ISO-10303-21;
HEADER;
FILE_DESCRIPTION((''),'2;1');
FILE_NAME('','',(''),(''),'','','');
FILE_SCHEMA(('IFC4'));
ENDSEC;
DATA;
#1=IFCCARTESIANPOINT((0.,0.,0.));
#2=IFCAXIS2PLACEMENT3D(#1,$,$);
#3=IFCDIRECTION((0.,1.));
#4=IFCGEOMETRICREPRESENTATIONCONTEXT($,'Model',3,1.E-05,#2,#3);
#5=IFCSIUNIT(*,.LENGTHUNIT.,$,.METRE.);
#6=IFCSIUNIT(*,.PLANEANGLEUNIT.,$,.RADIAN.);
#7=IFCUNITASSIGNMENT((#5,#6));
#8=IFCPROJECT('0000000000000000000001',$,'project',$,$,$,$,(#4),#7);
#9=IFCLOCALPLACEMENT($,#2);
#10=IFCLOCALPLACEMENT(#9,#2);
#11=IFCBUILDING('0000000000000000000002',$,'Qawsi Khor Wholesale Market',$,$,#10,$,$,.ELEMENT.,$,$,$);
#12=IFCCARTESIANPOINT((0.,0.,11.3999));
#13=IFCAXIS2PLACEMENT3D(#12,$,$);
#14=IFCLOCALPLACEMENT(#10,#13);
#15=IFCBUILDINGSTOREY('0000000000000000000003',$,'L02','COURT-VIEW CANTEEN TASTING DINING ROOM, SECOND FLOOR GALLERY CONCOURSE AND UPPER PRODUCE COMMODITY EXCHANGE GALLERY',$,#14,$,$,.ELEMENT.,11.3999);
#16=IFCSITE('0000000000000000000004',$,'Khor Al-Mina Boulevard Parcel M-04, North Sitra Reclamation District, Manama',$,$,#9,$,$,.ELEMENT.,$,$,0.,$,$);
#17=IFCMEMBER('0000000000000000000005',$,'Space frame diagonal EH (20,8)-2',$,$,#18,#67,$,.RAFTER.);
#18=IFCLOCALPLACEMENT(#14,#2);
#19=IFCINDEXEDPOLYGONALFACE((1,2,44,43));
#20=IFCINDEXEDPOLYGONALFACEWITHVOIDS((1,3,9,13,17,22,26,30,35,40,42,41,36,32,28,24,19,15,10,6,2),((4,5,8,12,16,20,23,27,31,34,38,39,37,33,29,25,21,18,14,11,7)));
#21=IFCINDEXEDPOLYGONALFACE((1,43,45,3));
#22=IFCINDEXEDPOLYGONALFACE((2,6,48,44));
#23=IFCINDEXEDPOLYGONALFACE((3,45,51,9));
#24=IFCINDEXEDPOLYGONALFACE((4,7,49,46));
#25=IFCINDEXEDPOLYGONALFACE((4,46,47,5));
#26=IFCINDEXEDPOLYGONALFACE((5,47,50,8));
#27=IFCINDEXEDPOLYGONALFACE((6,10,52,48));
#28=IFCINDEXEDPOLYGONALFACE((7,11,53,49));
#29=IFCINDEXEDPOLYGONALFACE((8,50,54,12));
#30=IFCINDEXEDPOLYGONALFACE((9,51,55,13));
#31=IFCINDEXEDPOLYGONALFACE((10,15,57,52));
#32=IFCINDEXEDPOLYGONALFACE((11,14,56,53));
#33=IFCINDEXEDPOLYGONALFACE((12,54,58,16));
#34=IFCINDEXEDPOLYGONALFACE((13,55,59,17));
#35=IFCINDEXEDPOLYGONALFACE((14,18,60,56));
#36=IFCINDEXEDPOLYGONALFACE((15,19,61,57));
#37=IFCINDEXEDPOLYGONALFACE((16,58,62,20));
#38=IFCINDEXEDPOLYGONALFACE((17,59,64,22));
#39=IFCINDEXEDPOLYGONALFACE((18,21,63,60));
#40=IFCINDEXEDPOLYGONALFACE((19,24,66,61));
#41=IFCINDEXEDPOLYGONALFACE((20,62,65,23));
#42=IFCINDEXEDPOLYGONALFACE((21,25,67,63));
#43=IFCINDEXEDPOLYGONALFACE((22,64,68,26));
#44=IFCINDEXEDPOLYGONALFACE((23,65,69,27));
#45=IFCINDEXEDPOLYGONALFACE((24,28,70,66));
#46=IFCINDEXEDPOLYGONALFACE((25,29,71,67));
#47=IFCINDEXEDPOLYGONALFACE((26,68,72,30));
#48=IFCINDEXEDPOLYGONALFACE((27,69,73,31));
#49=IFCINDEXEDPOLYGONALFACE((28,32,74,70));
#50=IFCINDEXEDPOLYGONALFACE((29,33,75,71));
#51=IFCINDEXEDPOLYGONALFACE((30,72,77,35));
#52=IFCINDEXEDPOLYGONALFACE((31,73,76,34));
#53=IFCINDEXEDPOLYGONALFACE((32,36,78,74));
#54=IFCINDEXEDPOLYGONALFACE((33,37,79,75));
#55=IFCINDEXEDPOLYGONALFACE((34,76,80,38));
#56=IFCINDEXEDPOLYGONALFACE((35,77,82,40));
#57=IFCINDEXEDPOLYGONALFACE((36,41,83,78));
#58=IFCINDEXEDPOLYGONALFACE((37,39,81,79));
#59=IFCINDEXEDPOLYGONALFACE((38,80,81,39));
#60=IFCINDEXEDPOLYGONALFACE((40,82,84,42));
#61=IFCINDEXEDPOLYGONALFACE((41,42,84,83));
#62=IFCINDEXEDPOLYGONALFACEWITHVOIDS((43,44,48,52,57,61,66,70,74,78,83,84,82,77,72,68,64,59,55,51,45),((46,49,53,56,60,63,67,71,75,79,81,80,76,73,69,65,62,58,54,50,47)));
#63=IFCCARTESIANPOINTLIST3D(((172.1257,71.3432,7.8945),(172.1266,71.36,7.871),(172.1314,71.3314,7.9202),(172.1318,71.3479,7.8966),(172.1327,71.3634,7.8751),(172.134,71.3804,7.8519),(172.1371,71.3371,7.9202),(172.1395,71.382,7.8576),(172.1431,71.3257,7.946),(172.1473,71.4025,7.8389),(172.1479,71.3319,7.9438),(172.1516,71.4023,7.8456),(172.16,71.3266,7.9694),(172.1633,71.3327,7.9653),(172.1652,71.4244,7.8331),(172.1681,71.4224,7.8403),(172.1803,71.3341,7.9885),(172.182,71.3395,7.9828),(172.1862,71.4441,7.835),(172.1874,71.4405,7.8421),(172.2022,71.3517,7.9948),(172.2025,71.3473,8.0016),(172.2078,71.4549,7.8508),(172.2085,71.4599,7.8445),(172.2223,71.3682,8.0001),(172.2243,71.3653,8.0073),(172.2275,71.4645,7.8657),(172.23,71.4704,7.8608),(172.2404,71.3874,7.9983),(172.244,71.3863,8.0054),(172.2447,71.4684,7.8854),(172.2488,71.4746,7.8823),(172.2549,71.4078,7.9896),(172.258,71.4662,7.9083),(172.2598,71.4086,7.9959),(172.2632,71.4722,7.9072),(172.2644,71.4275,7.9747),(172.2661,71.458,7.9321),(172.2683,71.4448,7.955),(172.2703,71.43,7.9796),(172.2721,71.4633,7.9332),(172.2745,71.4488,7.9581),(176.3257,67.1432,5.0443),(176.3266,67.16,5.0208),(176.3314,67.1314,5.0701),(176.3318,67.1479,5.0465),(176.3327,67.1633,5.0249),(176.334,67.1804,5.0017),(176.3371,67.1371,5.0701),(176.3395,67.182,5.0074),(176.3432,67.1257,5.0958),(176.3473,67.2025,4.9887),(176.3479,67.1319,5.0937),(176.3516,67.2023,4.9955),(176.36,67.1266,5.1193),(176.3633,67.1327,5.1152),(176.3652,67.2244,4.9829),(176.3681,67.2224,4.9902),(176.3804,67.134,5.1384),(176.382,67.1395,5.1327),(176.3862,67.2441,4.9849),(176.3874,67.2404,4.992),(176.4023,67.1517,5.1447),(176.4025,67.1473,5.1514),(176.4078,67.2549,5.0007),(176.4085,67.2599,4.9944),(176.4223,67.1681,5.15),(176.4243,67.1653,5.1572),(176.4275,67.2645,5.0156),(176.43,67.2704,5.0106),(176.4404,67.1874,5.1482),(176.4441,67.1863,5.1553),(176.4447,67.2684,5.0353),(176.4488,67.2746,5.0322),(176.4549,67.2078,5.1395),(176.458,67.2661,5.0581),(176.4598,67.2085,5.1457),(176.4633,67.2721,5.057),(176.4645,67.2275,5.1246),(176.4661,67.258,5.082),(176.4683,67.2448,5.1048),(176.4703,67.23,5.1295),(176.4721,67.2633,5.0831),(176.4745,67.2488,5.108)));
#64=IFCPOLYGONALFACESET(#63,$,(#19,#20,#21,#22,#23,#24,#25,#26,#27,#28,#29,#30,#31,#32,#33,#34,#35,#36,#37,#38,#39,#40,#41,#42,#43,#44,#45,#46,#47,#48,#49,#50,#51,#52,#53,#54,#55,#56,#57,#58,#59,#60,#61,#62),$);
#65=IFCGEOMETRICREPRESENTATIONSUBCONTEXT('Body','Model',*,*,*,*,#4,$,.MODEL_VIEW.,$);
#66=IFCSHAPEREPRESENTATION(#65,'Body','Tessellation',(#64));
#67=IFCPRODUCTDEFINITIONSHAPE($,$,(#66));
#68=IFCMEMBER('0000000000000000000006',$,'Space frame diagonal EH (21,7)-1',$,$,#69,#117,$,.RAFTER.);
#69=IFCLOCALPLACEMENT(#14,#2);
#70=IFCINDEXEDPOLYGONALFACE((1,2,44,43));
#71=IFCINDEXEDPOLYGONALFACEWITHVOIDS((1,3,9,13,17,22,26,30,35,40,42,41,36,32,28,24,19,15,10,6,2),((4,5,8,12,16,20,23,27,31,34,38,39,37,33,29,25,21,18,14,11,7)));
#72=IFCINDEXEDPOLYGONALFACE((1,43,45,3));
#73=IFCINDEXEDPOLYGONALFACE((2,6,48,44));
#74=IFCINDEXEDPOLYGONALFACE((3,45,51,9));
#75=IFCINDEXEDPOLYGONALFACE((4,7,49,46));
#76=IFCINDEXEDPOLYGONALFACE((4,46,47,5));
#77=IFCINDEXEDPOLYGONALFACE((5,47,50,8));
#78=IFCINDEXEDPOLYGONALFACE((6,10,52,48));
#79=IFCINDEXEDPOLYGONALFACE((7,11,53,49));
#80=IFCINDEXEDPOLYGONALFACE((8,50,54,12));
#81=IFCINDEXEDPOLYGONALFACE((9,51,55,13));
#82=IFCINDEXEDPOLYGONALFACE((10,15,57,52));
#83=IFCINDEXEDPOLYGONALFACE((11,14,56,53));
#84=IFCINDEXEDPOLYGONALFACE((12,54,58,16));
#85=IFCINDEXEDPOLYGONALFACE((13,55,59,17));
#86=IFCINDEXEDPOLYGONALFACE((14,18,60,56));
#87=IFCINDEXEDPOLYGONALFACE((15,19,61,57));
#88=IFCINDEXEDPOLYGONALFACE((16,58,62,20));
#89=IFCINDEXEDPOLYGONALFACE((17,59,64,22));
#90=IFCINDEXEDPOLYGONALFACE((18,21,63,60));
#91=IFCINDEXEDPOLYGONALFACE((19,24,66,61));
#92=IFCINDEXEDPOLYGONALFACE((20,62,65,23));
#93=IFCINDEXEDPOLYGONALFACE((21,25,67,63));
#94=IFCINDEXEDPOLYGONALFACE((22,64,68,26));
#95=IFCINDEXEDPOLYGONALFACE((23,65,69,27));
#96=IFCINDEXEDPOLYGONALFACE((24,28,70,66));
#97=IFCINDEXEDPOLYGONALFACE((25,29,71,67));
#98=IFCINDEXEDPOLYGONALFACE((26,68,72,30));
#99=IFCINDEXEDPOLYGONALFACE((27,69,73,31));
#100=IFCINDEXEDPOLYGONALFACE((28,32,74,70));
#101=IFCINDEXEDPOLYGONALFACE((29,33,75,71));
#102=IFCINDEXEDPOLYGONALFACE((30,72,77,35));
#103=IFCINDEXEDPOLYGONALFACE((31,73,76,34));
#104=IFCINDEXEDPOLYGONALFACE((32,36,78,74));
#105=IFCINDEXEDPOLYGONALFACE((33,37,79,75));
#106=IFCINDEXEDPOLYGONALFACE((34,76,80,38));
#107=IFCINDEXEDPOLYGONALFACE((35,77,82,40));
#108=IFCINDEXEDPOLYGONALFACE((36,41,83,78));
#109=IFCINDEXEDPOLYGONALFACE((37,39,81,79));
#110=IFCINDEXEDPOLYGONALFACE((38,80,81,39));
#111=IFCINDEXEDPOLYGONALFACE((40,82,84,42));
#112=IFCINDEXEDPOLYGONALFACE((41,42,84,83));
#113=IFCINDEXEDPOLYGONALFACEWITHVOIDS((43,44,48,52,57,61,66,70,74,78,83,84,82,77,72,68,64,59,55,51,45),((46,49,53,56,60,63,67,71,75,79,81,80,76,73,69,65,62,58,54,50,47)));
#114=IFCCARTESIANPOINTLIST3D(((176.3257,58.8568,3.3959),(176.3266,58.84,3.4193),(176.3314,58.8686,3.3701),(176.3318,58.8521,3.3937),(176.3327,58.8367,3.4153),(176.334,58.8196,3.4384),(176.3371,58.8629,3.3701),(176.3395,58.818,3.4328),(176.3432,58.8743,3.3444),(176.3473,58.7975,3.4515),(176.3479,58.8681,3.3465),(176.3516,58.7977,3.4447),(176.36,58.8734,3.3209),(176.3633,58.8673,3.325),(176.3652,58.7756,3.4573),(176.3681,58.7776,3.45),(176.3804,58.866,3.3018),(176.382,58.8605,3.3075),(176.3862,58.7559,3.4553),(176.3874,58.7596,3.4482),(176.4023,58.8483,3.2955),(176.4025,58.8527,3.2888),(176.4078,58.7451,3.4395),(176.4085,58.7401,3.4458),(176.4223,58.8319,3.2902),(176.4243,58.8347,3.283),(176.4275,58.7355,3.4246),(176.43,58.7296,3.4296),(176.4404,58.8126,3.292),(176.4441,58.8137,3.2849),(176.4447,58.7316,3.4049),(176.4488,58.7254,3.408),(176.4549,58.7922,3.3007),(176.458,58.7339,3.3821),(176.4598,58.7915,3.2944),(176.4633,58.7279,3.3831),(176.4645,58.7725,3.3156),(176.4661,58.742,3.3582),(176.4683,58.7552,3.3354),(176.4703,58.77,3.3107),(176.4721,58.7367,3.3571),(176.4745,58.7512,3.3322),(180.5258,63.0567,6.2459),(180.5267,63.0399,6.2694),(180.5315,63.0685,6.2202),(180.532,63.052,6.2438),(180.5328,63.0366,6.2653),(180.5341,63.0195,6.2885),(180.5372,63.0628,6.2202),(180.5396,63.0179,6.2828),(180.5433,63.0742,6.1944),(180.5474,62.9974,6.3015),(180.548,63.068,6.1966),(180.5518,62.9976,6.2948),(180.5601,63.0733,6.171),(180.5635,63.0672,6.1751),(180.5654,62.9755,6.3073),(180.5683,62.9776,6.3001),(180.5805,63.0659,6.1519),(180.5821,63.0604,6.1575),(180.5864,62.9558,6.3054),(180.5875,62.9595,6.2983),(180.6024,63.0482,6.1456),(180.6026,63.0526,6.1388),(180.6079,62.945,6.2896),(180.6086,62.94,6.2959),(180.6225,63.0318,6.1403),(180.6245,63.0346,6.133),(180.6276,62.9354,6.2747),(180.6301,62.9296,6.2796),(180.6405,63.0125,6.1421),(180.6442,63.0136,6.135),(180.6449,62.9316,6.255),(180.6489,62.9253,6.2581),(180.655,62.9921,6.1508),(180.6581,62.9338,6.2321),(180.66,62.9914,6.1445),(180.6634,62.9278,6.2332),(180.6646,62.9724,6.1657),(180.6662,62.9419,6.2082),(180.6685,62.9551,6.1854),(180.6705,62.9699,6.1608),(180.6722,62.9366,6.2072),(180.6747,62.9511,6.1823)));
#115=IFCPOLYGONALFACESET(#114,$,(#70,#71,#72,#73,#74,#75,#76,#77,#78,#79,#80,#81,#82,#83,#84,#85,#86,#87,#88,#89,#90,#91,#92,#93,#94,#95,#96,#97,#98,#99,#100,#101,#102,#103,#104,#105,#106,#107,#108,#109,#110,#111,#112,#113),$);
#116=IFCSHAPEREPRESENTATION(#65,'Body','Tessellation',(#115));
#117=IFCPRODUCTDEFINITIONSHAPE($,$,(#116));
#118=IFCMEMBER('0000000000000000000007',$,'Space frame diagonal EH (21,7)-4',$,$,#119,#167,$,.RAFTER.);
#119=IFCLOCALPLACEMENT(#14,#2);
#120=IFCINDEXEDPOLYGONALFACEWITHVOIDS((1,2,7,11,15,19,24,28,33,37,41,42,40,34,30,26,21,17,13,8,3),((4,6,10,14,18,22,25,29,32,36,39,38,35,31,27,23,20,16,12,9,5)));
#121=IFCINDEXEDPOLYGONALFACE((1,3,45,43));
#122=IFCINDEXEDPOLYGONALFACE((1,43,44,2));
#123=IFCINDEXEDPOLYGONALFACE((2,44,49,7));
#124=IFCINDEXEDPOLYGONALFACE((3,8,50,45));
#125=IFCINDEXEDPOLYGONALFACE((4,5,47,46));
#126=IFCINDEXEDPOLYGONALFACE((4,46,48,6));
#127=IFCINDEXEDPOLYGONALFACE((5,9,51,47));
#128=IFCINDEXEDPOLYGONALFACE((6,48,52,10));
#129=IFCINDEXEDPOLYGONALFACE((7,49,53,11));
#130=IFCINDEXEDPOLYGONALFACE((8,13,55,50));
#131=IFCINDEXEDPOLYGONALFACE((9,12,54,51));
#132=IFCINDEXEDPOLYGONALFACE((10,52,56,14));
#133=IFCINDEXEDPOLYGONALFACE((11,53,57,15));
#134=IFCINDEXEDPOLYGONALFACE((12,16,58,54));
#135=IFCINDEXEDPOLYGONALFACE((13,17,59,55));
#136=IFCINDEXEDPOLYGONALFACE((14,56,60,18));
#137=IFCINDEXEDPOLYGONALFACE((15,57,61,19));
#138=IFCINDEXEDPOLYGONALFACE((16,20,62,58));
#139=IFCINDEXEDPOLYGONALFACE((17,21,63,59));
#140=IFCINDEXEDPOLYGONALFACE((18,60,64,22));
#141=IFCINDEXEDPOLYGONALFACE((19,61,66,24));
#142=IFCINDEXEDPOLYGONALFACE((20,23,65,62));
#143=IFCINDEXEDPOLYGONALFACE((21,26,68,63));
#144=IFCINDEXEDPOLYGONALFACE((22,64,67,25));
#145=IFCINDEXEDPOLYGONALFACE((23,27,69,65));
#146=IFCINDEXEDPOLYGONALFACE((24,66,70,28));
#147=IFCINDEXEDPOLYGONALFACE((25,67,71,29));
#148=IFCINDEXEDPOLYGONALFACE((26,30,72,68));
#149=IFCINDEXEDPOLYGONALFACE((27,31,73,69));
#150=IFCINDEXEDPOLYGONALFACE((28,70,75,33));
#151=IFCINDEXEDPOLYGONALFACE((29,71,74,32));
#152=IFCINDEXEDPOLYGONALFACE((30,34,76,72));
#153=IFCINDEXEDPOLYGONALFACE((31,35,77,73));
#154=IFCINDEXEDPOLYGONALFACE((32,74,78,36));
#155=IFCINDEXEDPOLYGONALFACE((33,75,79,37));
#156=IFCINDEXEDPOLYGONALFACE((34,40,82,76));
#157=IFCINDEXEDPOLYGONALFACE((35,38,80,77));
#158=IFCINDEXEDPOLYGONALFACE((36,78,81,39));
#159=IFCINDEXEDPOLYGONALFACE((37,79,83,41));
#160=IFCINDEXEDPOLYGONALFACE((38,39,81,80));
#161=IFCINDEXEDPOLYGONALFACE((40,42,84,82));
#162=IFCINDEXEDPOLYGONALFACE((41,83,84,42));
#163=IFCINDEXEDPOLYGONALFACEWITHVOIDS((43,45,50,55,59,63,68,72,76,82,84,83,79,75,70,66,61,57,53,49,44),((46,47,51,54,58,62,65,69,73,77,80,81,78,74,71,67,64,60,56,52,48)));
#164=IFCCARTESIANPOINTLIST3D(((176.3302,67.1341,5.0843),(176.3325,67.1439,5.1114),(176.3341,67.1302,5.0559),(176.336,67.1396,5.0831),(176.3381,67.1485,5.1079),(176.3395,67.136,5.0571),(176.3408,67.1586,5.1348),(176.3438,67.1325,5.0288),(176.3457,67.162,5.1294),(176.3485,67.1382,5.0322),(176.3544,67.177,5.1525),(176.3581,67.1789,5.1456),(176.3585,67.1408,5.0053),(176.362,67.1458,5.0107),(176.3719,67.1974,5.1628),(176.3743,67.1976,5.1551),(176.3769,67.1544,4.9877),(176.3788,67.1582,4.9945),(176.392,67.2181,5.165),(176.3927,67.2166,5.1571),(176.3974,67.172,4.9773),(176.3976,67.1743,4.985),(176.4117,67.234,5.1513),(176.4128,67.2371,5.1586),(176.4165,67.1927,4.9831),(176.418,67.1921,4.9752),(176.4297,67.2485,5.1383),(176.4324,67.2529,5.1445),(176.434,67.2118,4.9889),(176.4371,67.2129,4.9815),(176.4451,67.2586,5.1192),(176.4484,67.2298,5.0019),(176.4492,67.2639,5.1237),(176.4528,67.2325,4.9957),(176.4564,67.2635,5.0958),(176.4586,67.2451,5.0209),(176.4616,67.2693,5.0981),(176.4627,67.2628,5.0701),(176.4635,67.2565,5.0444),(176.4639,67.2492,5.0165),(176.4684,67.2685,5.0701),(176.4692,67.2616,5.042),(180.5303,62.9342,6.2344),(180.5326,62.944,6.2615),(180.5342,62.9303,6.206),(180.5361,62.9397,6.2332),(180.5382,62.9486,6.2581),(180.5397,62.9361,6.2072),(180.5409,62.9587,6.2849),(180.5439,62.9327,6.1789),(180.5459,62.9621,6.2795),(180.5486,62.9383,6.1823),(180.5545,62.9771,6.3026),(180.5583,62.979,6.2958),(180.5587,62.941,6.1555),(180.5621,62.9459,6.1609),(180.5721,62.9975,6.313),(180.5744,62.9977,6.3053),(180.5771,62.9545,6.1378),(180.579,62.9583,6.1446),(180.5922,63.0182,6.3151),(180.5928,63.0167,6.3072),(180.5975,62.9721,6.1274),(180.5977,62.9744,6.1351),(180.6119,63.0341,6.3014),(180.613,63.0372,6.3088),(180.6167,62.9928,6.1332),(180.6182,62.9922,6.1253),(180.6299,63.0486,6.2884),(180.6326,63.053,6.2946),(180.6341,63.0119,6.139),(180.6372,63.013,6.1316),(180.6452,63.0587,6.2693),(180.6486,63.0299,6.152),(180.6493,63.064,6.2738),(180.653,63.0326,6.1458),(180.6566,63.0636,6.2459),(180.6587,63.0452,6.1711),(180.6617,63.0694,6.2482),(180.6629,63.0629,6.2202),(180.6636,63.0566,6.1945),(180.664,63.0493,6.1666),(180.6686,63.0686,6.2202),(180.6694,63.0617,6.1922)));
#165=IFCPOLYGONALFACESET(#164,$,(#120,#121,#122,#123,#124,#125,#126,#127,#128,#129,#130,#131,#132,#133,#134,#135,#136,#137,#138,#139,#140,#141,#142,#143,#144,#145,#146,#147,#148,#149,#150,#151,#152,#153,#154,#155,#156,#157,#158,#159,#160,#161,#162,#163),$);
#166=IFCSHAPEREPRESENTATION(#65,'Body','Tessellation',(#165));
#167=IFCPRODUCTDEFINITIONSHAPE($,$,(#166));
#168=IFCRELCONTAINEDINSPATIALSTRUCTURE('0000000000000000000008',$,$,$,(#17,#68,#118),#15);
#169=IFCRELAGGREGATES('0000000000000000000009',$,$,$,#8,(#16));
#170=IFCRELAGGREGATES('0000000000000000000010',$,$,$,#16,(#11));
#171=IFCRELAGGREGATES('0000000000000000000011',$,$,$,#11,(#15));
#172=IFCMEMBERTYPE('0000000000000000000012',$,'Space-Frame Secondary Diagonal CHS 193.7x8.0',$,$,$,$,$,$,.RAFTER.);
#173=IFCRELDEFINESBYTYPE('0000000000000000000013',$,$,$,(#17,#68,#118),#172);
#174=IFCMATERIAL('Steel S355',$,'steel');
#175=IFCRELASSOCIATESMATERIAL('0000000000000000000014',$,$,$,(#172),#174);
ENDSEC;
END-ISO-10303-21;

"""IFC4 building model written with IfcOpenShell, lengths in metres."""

from ifc_helpers import new_model, si_unit, direction, frame, origin, origin_2d, place, context, subcontext, project, spatial, hollow_circle, extrude, material, material_profile, profile_set, type_object, element, save


model = new_model("IFC4")

# Units and contexts
model_context = context("Model", 3, precision=1e-05, world=origin(), true_north=direction((0.0, 1.0)))
body_context = subcontext(model_context, "Body", "Model", "MODEL_VIEW")
ifc_project = project(units=[si_unit("LENGTHUNIT", "METRE"), si_unit("PLANEANGLEUNIT", "RADIAN")], contexts=[model_context])

# Site, building, storey
site_placement = place(None, origin())
site = spatial("IfcSite", under=ifc_project, at=site_placement, Name="Khor Al-Mina Boulevard Parcel M-04, North Sitra Reclamation District, Manama", CompositionType="ELEMENT", RefElevation=0.0)
building_placement = place(site_placement, origin())
building = spatial("IfcBuilding", under=site, at=building_placement, Name="Qawsi Khor Wholesale Market", CompositionType="ELEMENT")
storey_placement = place(building_placement, frame((0.0, 0.0, 11.3999)))
storey = spatial("IfcBuildingStorey", under=building, at=storey_placement, Name="L02", Description="COURT-VIEW CANTEEN TASTING DINING ROOM, SECOND FLOOR GALLERY CONCOURSE AND UPPER PRODUCE COMMODITY EXCHANGE GALLERY", CompositionType="ELEMENT", Elevation=11.3999)

# Members
ifc_material_1 = material(Name="Steel S355", Category="steel")
ifc_material_profile_1 = material_profile(ifc_material_1, hollow_circle(Radius=0.0969, WallThickness=0.0081, at=origin_2d()), Name="CHS 193.7x8.0")
ifc_profile_set_1 = profile_set([ifc_material_profile_1], Name="Steel S355")
member_type_1 = type_object("IfcMemberType", Name="Space-Frame Secondary Diagonal CHS 193.7x8.0", PredefinedType="RAFTER", material=ifc_profile_set_1)
for number, where, z_axis, x_axis, name in (
    (1, (176.3999, 67.2, 5.0701), (-0.637512, 0.637512, 0.432617), (-0.707107, -0.707107, 0.0), "Space frame diagonal EH (20,8)-2"),
    (2, (176.3999, 58.8, 3.3701), (0.637534, 0.637497, 0.432607), (-0.707086, 0.707127, 0.0), "Space frame diagonal EH (21,7)-1"),
):
    element("IfcMember", number, at=place(storey_placement, frame(where, z_axis=z_axis, x_axis=x_axis)), inside=storey, type_object=member_type_1, Name=name, PredefinedType="RAFTER", context=body_context, shape_type="SweptSolid", body=[
        extrude(hollow_circle(Radius=0.0969, WallThickness=0.0081, at=origin_2d()), origin(), (0.0, 0.0, 1.0), 6.5881),
    ])
member_1_placement = place(storey_placement, frame((176.3999, 67.2, 5.0701), z_axis=(0.694232, -0.694192, 0.190103), x_axis=(0.707086, 0.707127, 0.0)))
element("IfcMember", 3, at=member_1_placement, inside=storey, type_object=member_type_1, Name="Space frame diagonal EH (21,7)-4", PredefinedType="RAFTER", context=body_context, shape_type="SweptSolid", body=[
    extrude(hollow_circle(Radius=0.0969, WallThickness=0.0081, at=origin_2d()), origin(), (0.0, 0.0, 1.0), 6.05),
])

save(model, "model.ifc")
